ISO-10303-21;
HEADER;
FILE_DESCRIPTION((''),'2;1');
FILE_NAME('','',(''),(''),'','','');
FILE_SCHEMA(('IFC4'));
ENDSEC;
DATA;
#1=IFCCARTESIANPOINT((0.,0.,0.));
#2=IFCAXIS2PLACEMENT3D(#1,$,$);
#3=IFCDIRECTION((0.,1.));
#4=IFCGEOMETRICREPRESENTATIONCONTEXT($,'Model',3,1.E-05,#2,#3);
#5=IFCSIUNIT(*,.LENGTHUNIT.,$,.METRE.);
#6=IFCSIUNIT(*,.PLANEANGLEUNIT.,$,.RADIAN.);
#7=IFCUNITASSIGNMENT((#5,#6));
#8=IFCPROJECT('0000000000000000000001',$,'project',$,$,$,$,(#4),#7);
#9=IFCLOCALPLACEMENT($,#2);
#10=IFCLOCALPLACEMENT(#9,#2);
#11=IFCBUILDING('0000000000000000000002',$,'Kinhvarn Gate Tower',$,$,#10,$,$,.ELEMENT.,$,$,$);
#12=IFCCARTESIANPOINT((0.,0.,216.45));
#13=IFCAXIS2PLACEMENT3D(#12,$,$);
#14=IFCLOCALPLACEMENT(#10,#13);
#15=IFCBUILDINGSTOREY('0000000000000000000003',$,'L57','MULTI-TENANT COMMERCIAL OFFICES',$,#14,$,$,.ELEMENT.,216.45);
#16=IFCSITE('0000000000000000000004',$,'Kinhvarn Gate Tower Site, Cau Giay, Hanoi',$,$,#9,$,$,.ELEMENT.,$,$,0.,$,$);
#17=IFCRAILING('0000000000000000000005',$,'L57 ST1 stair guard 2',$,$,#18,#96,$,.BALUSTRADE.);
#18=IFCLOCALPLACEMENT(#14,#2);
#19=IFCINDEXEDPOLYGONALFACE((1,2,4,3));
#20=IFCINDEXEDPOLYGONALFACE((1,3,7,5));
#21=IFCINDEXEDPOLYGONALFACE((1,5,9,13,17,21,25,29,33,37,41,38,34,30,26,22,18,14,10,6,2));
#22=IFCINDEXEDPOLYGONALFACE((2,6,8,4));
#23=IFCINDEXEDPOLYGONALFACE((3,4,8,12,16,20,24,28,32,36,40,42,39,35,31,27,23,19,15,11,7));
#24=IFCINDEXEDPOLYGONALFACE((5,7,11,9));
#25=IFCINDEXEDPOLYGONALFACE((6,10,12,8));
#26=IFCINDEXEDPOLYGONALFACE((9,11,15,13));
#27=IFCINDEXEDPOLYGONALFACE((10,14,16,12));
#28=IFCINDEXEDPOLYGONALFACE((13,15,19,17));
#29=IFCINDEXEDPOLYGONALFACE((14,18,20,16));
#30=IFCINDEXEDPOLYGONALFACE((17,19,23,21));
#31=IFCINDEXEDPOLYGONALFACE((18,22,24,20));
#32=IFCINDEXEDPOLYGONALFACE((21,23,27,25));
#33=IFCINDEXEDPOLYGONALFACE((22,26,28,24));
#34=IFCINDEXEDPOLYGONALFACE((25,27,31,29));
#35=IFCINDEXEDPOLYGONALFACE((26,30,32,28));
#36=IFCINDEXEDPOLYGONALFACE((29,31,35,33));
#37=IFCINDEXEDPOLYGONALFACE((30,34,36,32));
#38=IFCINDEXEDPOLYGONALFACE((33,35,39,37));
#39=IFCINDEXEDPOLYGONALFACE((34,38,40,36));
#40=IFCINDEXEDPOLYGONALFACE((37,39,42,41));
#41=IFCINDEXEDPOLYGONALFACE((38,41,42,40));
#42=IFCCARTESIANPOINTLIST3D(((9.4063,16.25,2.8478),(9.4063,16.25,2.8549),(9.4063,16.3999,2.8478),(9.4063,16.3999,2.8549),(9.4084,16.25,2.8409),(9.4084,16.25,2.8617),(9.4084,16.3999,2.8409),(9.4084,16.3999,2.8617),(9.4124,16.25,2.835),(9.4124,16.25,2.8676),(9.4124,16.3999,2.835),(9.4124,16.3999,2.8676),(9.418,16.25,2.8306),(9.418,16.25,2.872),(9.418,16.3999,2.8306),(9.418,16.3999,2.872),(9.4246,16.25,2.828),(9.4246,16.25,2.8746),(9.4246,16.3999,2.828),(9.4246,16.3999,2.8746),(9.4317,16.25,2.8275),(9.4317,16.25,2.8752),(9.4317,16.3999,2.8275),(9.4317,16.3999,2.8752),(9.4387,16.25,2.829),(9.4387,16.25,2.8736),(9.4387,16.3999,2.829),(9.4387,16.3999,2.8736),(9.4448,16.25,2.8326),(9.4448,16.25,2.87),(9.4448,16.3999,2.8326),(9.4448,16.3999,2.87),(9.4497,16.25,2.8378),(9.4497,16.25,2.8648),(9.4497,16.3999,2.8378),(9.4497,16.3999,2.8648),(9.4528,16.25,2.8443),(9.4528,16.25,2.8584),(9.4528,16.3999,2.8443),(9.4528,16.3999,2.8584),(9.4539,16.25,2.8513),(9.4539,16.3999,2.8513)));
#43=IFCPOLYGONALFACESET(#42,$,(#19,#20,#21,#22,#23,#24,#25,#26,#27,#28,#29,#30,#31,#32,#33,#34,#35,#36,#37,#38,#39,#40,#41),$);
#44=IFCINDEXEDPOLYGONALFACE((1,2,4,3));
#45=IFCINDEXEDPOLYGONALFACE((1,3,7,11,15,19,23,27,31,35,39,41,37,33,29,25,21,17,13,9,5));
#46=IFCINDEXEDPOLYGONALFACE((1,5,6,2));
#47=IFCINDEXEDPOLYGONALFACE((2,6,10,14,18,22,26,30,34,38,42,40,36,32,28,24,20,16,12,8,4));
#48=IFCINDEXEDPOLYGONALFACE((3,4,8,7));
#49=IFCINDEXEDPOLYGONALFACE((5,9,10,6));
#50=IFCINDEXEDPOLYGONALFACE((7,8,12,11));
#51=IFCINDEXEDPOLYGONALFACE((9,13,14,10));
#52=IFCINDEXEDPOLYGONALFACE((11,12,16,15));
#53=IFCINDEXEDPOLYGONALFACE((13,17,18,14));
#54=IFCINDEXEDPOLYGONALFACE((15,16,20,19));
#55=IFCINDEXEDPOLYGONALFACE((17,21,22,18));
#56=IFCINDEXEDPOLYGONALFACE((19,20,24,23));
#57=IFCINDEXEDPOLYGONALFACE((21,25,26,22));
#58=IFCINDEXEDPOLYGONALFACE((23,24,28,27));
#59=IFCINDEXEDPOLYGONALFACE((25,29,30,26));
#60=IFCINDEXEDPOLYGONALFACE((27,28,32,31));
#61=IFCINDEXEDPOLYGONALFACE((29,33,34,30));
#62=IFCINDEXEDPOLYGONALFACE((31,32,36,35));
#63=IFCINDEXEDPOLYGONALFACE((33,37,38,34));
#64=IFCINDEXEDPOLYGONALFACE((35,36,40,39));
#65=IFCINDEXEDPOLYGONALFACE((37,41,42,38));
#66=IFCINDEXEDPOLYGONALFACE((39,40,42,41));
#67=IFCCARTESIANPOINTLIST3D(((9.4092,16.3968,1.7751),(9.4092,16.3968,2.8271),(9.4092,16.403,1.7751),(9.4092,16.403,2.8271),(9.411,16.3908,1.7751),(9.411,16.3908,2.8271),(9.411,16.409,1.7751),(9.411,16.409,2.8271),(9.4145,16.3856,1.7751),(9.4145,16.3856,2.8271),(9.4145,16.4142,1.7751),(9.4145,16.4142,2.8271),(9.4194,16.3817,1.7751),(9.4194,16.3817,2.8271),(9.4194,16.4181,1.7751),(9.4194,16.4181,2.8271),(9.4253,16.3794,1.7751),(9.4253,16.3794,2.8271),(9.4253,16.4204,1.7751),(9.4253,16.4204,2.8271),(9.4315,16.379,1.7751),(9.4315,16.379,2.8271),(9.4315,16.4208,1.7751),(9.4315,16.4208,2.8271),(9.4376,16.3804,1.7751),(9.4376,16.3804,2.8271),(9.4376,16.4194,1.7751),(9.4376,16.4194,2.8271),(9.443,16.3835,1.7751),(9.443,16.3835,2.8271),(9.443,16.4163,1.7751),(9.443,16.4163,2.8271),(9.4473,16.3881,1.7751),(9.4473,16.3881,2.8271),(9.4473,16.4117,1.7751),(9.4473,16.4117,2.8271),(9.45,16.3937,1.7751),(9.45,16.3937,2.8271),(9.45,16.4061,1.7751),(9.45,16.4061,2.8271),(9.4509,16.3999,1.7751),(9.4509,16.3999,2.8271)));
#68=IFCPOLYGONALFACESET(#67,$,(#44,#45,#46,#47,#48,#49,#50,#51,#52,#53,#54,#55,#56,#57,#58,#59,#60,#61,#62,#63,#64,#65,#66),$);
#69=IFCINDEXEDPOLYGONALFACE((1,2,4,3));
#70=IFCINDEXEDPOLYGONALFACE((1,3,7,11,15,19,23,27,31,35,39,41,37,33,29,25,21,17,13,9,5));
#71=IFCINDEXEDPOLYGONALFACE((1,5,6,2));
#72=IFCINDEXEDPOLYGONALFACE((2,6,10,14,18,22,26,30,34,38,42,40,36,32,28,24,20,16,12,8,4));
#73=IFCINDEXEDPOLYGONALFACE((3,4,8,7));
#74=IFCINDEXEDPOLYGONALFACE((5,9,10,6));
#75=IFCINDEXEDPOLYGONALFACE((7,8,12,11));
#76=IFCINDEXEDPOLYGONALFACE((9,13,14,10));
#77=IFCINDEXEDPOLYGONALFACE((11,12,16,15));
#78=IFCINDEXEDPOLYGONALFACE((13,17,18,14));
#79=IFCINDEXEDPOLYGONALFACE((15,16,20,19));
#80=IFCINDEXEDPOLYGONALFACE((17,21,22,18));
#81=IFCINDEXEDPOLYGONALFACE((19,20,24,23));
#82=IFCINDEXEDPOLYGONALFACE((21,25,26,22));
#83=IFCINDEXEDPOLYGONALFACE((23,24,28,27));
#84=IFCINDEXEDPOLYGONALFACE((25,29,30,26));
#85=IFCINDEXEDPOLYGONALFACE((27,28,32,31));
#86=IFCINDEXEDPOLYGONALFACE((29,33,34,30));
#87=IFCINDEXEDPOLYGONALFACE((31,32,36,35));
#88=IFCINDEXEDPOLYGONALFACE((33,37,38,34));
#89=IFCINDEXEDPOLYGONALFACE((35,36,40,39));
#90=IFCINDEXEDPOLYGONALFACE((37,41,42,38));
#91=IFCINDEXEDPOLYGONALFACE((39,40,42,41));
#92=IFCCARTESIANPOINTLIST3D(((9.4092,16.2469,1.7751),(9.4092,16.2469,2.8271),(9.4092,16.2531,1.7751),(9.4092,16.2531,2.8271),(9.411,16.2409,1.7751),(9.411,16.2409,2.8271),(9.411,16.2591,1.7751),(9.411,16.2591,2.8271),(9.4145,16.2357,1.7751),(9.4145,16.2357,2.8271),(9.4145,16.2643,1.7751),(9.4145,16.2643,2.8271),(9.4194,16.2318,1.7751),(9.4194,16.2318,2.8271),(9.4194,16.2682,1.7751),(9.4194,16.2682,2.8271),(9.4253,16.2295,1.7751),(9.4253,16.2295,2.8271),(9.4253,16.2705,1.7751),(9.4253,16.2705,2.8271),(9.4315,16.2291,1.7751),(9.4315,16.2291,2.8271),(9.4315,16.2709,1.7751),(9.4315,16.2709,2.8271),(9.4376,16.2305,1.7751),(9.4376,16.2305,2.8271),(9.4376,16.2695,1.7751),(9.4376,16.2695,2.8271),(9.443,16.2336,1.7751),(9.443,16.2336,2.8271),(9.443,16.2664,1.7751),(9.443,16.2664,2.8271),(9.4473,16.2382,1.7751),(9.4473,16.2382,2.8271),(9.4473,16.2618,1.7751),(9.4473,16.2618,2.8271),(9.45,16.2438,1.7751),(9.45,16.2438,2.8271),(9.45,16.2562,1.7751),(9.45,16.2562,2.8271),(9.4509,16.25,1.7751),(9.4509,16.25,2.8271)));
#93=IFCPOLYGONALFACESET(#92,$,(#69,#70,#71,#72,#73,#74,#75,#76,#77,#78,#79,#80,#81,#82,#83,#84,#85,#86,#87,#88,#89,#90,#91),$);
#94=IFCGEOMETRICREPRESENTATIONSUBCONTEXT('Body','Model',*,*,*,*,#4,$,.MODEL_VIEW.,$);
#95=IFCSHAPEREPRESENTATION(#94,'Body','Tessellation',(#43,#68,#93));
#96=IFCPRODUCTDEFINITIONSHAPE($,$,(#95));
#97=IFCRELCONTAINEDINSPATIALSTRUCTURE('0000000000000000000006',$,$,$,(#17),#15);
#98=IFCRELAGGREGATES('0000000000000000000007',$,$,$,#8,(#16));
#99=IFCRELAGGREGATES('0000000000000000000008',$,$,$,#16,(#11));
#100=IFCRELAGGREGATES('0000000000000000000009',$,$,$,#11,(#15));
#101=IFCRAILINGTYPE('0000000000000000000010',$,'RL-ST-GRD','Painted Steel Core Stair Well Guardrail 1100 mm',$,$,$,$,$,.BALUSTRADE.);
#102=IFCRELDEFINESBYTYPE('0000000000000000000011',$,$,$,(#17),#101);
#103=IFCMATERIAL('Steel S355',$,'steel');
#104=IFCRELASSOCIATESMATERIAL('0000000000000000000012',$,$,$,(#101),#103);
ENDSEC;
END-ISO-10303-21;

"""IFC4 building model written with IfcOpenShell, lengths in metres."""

from ifc_helpers import new_model, si_unit, direction, frame, origin, origin_2d, place, context, subcontext, project, spatial, circle, extrude, material, type_object, element, save


model = new_model("IFC4")

# Units and contexts
model_context = context("Model", 3, precision=1e-05, world=origin(), true_north=direction((0.0, 1.0)))
body_context = subcontext(model_context, "Body", "Model", "MODEL_VIEW")
ifc_project = project(units=[si_unit("LENGTHUNIT", "METRE"), si_unit("PLANEANGLEUNIT", "RADIAN")], contexts=[model_context])

# Site, building, storey
site_placement = place(None, origin())
site = spatial("IfcSite", under=ifc_project, at=site_placement, Name="Kinhvarn Gate Tower Site, Cau Giay, Hanoi", CompositionType="ELEMENT", RefElevation=0.0)
building_placement = place(site_placement, origin())
building = spatial("IfcBuilding", under=site, at=building_placement, Name="Kinhvarn Gate Tower", CompositionType="ELEMENT")
storey_placement = place(building_placement, frame((0.0, 0.0, 216.45)))
storey = spatial("IfcBuildingStorey", under=building, at=storey_placement, Name="L57", Description="MULTI-TENANT COMMERCIAL OFFICES", CompositionType="ELEMENT", Elevation=216.45)

# Shared definitions
ifc_material_1 = material(Name="Steel S355", Category="steel")

# Railing
railing_type_1 = type_object("IfcRailingType", Name="RL-ST-GRD", Description="Painted Steel Core Stair Well Guardrail 1100 mm", PredefinedType="BALUSTRADE", material=ifc_material_1)
railing_1_placement = place(storey_placement, frame((9.4299, 16.3999, 1.7751)))
element("IfcRailing", 1, at=railing_1_placement, inside=storey, type_object=railing_type_1, Name="L57 ST1 stair guard 2", PredefinedType="BALUSTRADE", context=body_context, shape_type="SweptSolid", body=[
    extrude(circle(Radius=0.0239, at=origin_2d()), frame((0.0, 0.0, 1.0762), z_axis=(0.0, -1.0, 0.0), x_axis=(1.0, 0.0, 0.0)), (0.0, 0.0, 1.0), 0.1499),
    extrude(circle(Radius=0.021, at=origin_2d()), origin(), (0.0, 0.0, 1.0), 1.052),
    extrude(circle(Radius=0.021, at=origin_2d()), frame((0.0, -0.1499, 0.0)), (0.0, 0.0, 1.0), 1.052),
])

save(model, "model.ifc")
